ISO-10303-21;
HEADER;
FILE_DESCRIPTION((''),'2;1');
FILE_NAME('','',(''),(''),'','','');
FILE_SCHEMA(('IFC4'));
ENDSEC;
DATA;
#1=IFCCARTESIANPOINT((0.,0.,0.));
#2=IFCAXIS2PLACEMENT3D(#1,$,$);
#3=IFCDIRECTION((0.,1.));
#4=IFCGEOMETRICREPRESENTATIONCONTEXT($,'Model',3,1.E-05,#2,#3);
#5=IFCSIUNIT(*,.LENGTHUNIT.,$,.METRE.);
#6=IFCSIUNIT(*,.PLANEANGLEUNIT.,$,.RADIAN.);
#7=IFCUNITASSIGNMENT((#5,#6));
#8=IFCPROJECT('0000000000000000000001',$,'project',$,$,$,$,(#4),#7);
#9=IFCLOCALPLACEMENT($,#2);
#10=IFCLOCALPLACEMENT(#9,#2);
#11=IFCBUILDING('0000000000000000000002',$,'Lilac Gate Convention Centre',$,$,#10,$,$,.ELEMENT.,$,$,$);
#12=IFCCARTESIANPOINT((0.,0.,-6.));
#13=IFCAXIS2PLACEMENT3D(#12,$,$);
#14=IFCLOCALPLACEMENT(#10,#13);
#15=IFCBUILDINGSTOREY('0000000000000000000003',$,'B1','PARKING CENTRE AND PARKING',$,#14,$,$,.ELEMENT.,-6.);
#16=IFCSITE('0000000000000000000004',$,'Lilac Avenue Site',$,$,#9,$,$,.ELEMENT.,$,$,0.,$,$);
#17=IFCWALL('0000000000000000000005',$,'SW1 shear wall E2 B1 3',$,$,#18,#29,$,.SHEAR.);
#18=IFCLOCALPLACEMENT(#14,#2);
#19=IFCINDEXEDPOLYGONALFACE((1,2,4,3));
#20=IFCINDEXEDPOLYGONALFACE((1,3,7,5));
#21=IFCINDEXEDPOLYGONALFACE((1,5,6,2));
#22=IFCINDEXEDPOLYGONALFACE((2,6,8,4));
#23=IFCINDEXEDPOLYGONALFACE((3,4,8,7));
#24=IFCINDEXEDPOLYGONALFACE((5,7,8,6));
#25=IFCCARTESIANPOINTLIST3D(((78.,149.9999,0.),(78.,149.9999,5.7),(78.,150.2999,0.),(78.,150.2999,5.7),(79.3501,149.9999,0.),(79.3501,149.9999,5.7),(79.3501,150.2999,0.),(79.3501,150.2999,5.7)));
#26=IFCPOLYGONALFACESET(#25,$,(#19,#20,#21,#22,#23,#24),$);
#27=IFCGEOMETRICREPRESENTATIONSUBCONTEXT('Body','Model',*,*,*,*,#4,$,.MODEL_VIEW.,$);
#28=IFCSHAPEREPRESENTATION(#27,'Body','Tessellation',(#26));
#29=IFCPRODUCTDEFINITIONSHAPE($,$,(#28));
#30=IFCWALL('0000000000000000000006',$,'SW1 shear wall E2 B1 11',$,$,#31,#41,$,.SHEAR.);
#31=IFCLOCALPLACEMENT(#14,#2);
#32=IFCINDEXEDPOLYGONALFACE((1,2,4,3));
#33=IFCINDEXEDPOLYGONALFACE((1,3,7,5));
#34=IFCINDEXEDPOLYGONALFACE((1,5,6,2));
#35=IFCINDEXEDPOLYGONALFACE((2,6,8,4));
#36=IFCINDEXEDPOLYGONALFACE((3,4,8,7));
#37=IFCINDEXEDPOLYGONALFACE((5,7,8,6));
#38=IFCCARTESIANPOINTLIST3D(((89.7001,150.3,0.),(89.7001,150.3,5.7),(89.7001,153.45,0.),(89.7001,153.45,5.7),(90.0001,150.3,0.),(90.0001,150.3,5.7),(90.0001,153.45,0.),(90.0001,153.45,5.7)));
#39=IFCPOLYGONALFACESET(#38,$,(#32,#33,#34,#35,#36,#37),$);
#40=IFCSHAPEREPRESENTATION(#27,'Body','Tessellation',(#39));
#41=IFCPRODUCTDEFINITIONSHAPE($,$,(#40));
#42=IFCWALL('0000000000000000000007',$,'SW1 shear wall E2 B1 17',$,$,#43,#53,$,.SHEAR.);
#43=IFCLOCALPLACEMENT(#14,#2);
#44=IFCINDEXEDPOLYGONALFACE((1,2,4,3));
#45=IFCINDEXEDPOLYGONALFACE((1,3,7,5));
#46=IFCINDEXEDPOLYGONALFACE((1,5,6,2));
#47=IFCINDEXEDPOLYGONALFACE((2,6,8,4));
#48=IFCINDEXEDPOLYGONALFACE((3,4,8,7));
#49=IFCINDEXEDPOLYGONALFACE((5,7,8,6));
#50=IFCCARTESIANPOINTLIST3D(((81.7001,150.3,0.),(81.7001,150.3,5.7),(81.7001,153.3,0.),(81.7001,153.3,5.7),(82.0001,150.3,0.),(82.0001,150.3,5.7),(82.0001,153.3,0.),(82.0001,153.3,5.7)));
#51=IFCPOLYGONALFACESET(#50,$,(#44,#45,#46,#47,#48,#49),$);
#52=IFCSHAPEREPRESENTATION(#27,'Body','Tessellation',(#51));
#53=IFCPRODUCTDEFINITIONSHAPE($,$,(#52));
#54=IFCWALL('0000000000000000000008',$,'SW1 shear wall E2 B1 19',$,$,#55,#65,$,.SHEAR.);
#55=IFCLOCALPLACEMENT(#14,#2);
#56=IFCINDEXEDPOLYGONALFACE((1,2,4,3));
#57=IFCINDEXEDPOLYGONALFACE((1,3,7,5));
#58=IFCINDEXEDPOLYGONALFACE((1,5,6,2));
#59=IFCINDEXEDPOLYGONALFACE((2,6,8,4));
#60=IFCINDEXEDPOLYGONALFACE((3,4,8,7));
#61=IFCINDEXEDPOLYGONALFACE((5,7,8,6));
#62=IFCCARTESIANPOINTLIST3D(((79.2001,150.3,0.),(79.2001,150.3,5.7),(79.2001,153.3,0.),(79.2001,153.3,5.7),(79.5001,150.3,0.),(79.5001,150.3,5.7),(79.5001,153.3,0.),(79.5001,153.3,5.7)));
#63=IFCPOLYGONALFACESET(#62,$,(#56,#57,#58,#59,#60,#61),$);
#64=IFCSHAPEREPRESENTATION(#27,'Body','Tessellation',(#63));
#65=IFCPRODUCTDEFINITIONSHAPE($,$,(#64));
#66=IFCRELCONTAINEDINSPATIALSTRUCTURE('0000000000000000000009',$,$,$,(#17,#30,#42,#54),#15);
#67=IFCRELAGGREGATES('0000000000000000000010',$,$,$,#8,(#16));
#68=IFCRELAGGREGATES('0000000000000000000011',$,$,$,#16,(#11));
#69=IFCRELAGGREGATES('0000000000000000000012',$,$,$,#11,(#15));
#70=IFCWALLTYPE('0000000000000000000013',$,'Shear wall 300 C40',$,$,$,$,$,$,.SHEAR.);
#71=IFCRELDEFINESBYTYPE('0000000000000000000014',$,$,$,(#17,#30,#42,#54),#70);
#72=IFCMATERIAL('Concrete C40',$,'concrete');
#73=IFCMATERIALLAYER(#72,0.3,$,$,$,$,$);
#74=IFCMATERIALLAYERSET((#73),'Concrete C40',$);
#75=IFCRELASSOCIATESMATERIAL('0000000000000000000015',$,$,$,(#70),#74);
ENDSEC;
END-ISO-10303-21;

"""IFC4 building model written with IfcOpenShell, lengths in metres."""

from ifc_helpers import new_model, si_unit, direction, frame, frame_2d, origin, place, context, subcontext, project, spatial, rectangle, extrude, material, layer, layer_set, type_object, element, save


model = new_model("IFC4")

# Units and contexts
model_context = context("Model", 3, precision=1e-05, world=origin(), true_north=direction((0.0, 1.0)))
body_context = subcontext(model_context, "Body", "Model", "MODEL_VIEW")
ifc_project = project(units=[si_unit("LENGTHUNIT", "METRE"), si_unit("PLANEANGLEUNIT", "RADIAN")], contexts=[model_context])

# Site, building, storey
site_placement = place(None, origin())
site = spatial("IfcSite", under=ifc_project, at=site_placement, Name="Lilac Avenue Site", CompositionType="ELEMENT", RefElevation=0.0)
building_placement = place(site_placement, origin())
building = spatial("IfcBuilding", under=site, at=building_placement, Name="Lilac Gate Convention Centre", CompositionType="ELEMENT")
storey_placement = place(building_placement, frame((0.0, 0.0, -6.0)))
storey = spatial("IfcBuildingStorey", under=building, at=storey_placement, Name="B1", Description="PARKING CENTRE AND PARKING", CompositionType="ELEMENT", Elevation=-6.0)

# Shared definitions
ifc_material_1 = material(Name="Concrete C40", Category="concrete")

# Walls
ifc_layer_1 = layer(ifc_material_1, 0.3)
ifc_layer_set_1 = layer_set([ifc_layer_1], Name="Concrete C40")
wall_type_1 = type_object("IfcWallType", Name="Shear wall 300 C40", PredefinedType="SHEAR", material=ifc_layer_set_1)
wall_1_placement = place(storey_placement, frame((79.3501, 150.1499, 0.0), z_axis=(0.0, 0.0, 1.0), x_axis=(-1.0, 0.0, 0.0)))
element("IfcWall", 1, at=wall_1_placement, inside=storey, type_object=wall_type_1, Name="SW1 shear wall E2 B1 3", PredefinedType="SHEAR", context=body_context, shape_type="SweptSolid", body=[
    extrude(rectangle(XDim=1.3501, YDim=0.3, at=frame_2d((0.675, 0.0))), origin(), (0.0, 0.0, 1.0), 5.7),
])
wall_2_placement = place(storey_placement, frame((89.8501, 150.3, 0.0), z_axis=(0.0, 0.0, 1.0), x_axis=(0.0, 1.0, 0.0)))
element("IfcWall", 2, at=wall_2_placement, inside=storey, type_object=wall_type_1, Name="SW1 shear wall E2 B1 11", PredefinedType="SHEAR", context=body_context, shape_type="SweptSolid", body=[
    extrude(rectangle(XDim=3.1499, YDim=0.3, at=frame_2d((1.575, 0.0))), origin(), (0.0, 0.0, 1.0), 5.7),
])
for number, where, z_axis, x_axis, name in (
    (3, (81.8501, 150.3, 0.0), (0.0, 0.0, 1.0), (0.0, 1.0, 0.0), "SW1 shear wall E2 B1 17"),
    (4, (79.3501, 150.3, 0.0), (0.0, 0.0, 1.0), (0.0, 1.0, 0.0), "SW1 shear wall E2 B1 19"),
):
    element("IfcWall", number, at=place(storey_placement, frame(where, z_axis=z_axis, x_axis=x_axis)), inside=storey, type_object=wall_type_1, Name=name, PredefinedType="SHEAR", context=body_context, shape_type="SweptSolid", body=[
        extrude(rectangle(XDim=3.0, YDim=0.3, at=frame_2d((1.5, 0.0))), origin(), (0.0, 0.0, 1.0), 5.7),
    ])

save(model, "model.ifc")
